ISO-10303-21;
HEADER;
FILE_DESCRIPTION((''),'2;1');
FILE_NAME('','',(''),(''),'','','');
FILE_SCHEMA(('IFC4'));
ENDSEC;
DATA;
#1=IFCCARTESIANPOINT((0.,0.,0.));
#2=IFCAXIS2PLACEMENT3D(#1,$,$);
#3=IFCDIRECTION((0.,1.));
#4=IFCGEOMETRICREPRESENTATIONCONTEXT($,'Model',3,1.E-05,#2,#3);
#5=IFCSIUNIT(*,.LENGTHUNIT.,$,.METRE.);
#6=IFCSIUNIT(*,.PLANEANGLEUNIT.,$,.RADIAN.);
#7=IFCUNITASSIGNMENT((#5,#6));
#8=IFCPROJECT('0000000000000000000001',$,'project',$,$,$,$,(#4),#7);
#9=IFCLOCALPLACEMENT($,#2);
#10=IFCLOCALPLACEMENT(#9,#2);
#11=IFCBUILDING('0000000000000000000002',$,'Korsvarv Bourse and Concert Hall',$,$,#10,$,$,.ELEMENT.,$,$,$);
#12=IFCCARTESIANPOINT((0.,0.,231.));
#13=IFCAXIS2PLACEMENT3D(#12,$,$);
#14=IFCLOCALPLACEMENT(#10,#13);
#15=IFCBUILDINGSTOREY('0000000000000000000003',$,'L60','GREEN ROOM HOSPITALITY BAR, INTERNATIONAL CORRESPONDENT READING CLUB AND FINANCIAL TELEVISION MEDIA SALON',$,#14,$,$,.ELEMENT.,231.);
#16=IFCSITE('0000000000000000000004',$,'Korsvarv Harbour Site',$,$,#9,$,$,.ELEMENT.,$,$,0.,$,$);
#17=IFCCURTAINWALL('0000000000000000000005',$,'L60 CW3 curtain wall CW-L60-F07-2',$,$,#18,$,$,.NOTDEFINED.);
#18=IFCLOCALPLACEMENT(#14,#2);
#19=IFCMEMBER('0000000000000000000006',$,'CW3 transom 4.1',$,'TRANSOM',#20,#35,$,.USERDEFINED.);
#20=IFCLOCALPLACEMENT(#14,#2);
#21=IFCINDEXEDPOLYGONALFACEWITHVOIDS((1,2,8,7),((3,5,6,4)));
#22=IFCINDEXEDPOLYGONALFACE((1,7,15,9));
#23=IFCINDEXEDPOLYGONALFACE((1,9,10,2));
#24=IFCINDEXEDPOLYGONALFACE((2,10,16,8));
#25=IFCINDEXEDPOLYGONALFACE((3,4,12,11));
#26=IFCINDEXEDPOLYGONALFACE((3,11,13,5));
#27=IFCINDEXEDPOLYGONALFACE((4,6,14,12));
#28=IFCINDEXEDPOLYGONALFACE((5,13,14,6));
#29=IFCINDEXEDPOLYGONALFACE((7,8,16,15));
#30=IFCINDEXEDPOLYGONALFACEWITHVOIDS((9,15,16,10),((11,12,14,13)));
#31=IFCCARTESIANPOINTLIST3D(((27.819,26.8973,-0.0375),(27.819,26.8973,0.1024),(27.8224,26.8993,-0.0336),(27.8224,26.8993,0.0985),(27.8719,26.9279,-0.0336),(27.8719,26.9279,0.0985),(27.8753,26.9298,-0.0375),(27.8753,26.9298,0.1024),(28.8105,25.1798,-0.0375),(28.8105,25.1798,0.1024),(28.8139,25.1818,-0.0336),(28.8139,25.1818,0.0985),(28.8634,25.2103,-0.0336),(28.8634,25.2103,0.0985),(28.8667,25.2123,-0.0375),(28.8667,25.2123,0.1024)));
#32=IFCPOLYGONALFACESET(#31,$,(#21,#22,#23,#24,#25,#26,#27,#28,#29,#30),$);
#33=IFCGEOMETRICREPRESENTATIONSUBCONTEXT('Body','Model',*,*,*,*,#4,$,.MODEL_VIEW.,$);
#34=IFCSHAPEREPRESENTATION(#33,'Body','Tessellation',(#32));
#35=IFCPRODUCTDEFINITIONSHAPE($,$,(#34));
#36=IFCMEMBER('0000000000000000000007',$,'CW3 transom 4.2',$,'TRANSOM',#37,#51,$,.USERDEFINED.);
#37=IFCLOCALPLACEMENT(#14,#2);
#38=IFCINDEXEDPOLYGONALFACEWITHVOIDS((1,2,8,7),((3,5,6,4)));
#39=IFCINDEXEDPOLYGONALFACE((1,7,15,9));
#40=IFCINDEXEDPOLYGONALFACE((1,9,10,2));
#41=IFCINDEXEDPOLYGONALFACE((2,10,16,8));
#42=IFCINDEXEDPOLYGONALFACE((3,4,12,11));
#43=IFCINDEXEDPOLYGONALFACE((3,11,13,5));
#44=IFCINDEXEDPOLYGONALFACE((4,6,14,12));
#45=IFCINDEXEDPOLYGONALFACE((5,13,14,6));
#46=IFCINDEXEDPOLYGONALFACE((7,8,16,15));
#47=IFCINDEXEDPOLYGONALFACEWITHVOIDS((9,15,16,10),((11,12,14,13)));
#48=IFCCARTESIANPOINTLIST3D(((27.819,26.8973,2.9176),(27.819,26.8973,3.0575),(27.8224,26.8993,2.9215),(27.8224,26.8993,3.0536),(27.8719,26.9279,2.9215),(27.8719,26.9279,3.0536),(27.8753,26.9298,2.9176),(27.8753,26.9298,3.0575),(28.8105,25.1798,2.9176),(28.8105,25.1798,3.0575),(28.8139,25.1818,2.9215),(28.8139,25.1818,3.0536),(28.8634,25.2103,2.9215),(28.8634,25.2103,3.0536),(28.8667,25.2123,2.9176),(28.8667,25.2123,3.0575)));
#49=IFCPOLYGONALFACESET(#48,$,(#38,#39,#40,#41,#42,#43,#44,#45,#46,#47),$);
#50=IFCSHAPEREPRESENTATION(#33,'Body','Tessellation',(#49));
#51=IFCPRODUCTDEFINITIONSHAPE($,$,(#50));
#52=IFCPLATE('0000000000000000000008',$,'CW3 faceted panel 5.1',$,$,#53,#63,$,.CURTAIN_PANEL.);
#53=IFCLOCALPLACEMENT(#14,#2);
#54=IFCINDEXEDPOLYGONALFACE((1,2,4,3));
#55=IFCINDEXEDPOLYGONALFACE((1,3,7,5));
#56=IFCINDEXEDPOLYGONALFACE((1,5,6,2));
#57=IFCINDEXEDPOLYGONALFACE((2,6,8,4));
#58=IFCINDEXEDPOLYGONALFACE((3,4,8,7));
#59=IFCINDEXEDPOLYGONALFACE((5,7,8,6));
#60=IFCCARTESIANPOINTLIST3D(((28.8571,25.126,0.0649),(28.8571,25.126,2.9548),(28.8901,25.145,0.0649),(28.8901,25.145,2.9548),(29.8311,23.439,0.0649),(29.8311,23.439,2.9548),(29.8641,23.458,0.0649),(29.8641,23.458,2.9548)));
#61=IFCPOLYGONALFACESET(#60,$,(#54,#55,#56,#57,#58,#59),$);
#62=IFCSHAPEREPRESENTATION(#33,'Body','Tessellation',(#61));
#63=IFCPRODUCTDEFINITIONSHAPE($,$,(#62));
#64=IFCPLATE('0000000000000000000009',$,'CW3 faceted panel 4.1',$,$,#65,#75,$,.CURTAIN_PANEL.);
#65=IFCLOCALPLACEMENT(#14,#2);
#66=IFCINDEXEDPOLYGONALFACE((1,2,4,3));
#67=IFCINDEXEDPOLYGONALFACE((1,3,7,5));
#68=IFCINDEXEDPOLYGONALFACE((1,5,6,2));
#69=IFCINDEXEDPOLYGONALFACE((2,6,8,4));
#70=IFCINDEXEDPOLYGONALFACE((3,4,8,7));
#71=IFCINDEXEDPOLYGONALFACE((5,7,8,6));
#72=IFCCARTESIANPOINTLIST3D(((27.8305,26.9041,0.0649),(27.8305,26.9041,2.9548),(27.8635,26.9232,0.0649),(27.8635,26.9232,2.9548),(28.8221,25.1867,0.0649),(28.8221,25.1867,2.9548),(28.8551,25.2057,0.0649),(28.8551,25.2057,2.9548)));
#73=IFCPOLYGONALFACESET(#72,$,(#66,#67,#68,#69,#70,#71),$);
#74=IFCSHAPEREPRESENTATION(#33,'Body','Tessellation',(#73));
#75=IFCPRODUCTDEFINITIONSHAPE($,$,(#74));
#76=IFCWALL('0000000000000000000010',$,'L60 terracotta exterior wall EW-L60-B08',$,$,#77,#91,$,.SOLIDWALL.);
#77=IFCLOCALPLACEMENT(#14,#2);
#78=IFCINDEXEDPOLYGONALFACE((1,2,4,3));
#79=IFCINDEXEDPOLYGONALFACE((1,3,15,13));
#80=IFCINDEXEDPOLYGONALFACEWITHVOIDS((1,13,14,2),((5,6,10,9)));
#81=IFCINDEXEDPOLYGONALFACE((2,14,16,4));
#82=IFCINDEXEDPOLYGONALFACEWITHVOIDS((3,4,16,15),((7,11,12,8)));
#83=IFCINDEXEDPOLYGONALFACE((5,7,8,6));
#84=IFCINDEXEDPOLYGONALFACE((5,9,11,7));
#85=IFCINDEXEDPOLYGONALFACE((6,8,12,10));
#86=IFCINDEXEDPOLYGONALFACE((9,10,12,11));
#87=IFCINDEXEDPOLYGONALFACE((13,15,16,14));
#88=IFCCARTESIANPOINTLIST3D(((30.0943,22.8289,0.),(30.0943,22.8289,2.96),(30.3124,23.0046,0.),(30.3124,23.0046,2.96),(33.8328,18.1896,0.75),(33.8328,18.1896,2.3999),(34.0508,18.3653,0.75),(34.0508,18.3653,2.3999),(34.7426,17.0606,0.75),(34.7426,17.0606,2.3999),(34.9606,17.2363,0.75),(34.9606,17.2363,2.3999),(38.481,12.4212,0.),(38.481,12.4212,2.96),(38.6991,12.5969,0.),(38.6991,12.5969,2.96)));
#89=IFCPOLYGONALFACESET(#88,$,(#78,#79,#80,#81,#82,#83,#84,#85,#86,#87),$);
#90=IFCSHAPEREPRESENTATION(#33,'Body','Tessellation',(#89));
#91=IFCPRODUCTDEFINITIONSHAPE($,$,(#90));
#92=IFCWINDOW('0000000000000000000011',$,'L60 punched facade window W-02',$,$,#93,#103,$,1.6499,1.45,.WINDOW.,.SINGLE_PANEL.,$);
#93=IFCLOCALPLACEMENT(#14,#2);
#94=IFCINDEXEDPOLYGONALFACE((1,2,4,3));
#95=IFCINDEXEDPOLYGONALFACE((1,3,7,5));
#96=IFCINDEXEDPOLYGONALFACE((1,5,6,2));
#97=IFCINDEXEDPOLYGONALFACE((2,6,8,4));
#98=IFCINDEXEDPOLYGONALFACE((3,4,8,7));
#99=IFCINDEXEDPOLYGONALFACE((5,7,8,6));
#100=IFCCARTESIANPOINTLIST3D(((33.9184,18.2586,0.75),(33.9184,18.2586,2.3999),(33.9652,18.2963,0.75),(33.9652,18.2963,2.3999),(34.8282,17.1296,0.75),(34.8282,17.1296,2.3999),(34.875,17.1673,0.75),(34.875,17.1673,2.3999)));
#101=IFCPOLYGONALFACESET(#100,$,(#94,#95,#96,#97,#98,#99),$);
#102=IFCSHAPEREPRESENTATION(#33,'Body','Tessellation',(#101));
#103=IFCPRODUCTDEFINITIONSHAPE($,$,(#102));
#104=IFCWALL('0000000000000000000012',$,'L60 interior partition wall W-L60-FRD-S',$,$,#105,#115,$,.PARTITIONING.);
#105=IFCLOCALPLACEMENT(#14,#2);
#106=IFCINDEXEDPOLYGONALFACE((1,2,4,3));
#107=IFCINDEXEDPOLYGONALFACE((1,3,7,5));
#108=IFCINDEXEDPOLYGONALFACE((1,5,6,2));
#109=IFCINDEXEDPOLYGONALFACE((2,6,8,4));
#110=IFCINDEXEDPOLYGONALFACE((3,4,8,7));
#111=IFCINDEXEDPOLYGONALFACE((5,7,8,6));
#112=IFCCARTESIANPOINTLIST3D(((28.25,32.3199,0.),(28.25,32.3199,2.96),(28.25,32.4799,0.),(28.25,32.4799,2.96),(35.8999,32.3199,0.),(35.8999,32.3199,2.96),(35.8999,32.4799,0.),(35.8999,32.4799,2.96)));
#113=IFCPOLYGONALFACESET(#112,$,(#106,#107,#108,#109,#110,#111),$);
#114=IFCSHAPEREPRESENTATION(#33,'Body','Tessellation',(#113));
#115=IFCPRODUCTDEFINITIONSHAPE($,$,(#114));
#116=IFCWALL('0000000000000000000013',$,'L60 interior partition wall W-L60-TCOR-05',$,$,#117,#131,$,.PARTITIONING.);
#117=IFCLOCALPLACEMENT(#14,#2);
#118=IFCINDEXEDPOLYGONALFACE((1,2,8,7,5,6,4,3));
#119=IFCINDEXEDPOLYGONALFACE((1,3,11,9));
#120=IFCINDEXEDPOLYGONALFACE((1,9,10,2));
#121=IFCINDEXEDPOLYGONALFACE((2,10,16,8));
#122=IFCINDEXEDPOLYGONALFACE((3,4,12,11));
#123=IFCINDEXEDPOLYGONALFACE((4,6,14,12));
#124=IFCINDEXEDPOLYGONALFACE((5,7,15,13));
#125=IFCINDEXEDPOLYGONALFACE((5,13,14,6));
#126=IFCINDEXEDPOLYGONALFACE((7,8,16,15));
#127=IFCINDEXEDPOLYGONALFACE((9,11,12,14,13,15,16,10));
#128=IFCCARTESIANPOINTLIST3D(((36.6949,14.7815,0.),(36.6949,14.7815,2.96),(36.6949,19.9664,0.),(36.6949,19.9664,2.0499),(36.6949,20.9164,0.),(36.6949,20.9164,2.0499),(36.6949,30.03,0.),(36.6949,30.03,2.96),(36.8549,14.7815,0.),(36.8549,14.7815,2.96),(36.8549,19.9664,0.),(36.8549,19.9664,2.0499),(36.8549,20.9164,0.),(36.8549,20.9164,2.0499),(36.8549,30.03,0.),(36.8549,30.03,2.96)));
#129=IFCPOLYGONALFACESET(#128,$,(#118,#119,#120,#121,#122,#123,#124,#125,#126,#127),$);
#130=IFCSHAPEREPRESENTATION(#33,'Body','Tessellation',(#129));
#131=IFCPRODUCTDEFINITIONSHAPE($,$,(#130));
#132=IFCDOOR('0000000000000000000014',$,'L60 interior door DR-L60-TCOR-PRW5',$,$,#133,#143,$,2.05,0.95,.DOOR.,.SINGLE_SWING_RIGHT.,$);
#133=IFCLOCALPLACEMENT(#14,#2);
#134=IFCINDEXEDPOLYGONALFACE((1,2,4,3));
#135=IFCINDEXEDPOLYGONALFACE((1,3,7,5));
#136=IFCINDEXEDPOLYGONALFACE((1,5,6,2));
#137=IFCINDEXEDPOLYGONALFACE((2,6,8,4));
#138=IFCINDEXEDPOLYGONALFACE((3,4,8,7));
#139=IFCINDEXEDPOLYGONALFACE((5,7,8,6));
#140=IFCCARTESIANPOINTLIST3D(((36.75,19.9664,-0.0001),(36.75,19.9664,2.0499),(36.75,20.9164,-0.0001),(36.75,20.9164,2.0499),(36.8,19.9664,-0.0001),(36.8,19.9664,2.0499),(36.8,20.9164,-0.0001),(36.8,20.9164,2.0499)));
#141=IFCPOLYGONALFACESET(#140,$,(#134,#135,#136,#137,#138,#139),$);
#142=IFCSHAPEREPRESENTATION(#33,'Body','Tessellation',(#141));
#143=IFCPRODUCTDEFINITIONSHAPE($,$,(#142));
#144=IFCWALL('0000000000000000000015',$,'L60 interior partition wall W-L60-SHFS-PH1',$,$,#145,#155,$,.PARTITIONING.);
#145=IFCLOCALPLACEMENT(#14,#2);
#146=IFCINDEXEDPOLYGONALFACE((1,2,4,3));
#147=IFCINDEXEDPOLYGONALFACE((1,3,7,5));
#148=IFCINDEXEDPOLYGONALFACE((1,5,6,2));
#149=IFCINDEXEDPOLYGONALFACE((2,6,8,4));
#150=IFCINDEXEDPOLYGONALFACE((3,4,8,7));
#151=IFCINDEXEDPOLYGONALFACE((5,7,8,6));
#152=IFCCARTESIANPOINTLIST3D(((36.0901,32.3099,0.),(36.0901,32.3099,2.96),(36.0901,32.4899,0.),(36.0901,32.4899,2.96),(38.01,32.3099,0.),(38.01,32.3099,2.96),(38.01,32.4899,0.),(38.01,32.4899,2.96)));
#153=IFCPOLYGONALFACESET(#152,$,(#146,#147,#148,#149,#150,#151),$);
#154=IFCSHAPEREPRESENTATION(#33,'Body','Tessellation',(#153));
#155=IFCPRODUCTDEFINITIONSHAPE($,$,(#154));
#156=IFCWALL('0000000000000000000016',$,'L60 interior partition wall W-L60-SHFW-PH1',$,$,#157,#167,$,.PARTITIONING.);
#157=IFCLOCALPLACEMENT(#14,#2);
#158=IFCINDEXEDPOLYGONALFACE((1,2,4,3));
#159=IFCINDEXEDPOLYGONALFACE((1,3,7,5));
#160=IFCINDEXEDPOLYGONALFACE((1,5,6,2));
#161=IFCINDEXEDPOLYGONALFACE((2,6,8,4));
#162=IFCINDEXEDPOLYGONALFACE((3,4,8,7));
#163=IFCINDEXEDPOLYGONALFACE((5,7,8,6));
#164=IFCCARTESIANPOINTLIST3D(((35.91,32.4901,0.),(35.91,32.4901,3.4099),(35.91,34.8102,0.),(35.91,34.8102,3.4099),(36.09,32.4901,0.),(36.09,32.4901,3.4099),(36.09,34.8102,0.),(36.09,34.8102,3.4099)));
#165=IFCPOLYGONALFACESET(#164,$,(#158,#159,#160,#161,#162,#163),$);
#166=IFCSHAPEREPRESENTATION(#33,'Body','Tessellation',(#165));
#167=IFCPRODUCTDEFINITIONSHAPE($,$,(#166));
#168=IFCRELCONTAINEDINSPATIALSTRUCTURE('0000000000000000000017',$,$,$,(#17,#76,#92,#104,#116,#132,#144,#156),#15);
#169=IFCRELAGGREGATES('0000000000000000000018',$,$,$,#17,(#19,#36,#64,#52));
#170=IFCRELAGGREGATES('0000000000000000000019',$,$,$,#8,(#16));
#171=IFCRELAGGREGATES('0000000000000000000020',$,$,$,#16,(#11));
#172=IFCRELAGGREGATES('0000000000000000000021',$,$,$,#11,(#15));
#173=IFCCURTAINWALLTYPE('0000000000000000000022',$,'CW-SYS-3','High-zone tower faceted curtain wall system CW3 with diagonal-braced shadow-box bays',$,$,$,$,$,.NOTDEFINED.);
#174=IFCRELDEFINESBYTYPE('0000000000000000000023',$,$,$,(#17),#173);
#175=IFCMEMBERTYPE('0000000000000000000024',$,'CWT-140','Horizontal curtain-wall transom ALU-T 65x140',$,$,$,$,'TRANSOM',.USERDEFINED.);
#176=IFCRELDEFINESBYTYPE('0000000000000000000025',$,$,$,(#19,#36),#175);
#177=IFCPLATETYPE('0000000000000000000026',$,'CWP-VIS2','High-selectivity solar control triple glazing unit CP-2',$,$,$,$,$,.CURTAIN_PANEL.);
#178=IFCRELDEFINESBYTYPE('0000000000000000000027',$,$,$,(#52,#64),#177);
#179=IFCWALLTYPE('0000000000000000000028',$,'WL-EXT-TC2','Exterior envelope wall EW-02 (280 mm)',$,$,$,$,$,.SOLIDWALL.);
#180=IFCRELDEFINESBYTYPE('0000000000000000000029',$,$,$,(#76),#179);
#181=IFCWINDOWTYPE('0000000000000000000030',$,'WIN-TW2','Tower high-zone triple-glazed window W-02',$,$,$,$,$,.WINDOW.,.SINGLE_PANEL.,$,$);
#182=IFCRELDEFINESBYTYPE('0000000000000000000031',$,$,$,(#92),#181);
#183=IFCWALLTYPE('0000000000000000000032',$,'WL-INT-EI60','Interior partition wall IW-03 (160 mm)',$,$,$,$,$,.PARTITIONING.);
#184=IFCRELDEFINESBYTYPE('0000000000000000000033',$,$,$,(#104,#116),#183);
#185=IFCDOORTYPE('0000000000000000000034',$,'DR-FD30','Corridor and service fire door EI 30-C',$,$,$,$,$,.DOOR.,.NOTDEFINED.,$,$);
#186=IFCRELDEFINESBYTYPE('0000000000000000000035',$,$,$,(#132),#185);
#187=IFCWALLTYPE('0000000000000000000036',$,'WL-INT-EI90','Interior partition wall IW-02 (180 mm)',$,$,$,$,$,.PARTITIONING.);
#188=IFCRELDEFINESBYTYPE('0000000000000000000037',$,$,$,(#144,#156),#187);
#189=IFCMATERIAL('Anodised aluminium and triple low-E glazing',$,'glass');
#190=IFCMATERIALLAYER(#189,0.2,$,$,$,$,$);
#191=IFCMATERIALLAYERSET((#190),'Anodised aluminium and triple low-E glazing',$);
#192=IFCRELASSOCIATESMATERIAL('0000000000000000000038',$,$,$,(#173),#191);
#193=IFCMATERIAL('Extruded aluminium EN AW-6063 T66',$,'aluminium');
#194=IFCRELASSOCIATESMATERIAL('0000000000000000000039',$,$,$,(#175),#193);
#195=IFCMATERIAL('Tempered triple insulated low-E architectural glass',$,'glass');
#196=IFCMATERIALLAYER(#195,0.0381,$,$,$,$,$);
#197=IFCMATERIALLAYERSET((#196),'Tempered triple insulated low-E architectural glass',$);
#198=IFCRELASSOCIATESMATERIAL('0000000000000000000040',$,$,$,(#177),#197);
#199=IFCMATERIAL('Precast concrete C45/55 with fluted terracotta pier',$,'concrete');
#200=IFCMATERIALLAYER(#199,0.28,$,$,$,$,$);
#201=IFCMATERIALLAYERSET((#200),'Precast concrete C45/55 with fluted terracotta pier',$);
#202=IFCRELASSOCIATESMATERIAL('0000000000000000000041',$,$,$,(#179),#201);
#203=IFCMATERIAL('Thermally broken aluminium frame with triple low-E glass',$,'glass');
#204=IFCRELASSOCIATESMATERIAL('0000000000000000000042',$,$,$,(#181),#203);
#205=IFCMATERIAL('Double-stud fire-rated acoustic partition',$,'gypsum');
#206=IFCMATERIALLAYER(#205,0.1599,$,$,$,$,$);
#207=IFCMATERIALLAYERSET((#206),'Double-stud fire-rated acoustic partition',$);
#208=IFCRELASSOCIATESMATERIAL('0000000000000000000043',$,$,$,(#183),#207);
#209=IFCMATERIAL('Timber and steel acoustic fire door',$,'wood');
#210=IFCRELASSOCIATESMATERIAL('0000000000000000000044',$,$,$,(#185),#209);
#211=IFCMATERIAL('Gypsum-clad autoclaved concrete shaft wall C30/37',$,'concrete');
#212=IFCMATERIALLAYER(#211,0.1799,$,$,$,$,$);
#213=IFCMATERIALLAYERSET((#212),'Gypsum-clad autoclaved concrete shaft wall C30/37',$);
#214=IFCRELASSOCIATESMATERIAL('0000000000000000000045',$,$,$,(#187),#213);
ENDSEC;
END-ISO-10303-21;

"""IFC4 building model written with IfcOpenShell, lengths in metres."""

from ifc_helpers import new_model, si_unit, direction, frame, frame_2d, origin, origin_2d, place, context, subcontext, project, spatial, rectangle, hollow_rectangle, extrude, source, transform, mapped, material, layer, layer_set, material_profile, profile_set, type_object, element, fill, aggregate, save


model = new_model("IFC4")

# Units and contexts
model_context = context("Model", 3, precision=1e-05, world=origin(), true_north=direction((0.0, 1.0)))
body_context = subcontext(model_context, "Body", "Model", "MODEL_VIEW")
ifc_project = project(units=[si_unit("LENGTHUNIT", "METRE"), si_unit("PLANEANGLEUNIT", "RADIAN")], contexts=[model_context])

# Site, building, storey
site_placement = place(None, origin())
site = spatial("IfcSite", under=ifc_project, at=site_placement, Name="Korsvarv Harbour Site", CompositionType="ELEMENT", RefElevation=0.0)
building_placement = place(site_placement, origin())
building = spatial("IfcBuilding", under=site, at=building_placement, Name="Korsvarv Bourse and Concert Hall", CompositionType="ELEMENT")
storey_placement = place(building_placement, frame((0.0, 0.0, 231.0)))
storey = spatial("IfcBuildingStorey", under=building, at=storey_placement, Name="L60", Description="GREEN ROOM HOSPITALITY BAR, INTERNATIONAL CORRESPONDENT READING CLUB AND FINANCIAL TELEVISION MEDIA SALON", CompositionType="ELEMENT", Elevation=231.0)

# Curtain wall, members, plates
ifc_material_1 = material(Name="Anodised aluminium and triple low-E glazing", Category="glass")
ifc_layer_1 = layer(ifc_material_1, 0.2)
ifc_layer_set_1 = layer_set([ifc_layer_1], Name="Anodised aluminium and triple low-E glazing")
curtain_wall_type = type_object("IfcCurtainWallType", Name="CW-SYS-3", Description="High-zone tower faceted curtain wall system CW3 with diagonal-braced shadow-box bays", PredefinedType="NOTDEFINED", material=ifc_layer_set_1)
curtain_wall_placement = place(storey_placement, origin())
curtain_wall = element("IfcCurtainWall", 1, at=curtain_wall_placement, inside=storey, type_object=curtain_wall_type, Name="L60 CW3 curtain wall CW-L60-F07-2", PredefinedType="NOTDEFINED")
ifc_material_2 = material(Name="Extruded aluminium EN AW-6063 T66", Category="aluminium")
ifc_material_profile_1 = material_profile(ifc_material_2, hollow_rectangle(XDim=0.0649, YDim=0.1399, WallThickness=0.0039, at=origin_2d()), Name="ALU-T 65x140")
ifc_profile_set_1 = profile_set([ifc_material_profile_1], Name="Extruded aluminium EN AW-6063 T66")
member_type_1 = type_object("IfcMemberType", Name="CWT-140", Description="Horizontal curtain-wall transom ALU-T 65x140", ElementType="TRANSOM", PredefinedType="USERDEFINED", material=ifc_profile_set_1)
shared_shape_1 = source(origin(), body_context, "Body", "SweptSolid", [
    extrude(hollow_rectangle(XDim=0.0649, YDim=0.1399, WallThickness=0.0039, at=origin_2d()), origin(), (0.0, 0.0, 1.0), 1.9832),
])
member_1_placement = place(storey_placement, frame((27.8472, 26.9136, 0.0325), z_axis=(0.499939, -0.866061, 0.0), x_axis=(0.866061, 0.499939, 0.0)))
member_1 = element("IfcMember", 2, at=member_1_placement, type_object=member_type_1, Name="CW3 transom 4.1", ObjectType="TRANSOM", PredefinedType="USERDEFINED", context=body_context, shape_type="MappedRepresentation", body=[
    mapped(shared_shape_1, transform((0.0, 0.0, 0.0), scale=1.0)),
])
member_2_placement = place(storey_placement, frame((27.8472, 26.9136, 2.9875), z_axis=(0.499939, -0.866061, 0.0), x_axis=(0.866061, 0.499939, 0.0)))
member_2 = element("IfcMember", 3, at=member_2_placement, type_object=member_type_1, Name="CW3 transom 4.2", ObjectType="TRANSOM", PredefinedType="USERDEFINED", context=body_context, shape_type="MappedRepresentation", body=[
    mapped(shared_shape_1, transform((0.0, 0.0, 0.0), scale=1.0)),
])
ifc_material_3 = material(Name="Tempered triple insulated low-E architectural glass", Category="glass")
ifc_layer_2 = layer(ifc_material_3, 0.0381)
ifc_layer_set_2 = layer_set([ifc_layer_2], Name="Tempered triple insulated low-E architectural glass")
plate_type = type_object("IfcPlateType", Name="CWP-VIS2", Description="High-selectivity solar control triple glazing unit CP-2", PredefinedType="CURTAIN_PANEL", material=ifc_layer_set_2)
shared_shape_2 = source(origin(), body_context, "Body", "SweptSolid", [
    extrude(rectangle(XDim=1.948, YDim=0.0381, at=origin_2d()), origin(), (0.0, 0.0, 1.0), 2.8899),
])
plate_1_placement = place(storey_placement, frame((29.3606, 24.292, 0.0649), z_axis=(0.0, 0.0, 1.0), x_axis=(0.5, -0.866025, 0.0)))
plate_1 = element("IfcPlate", 4, at=plate_1_placement, type_object=plate_type, Name="CW3 faceted panel 5.1", PredefinedType="CURTAIN_PANEL", context=body_context, shape_type="MappedRepresentation", body=[
    mapped(shared_shape_2, transform((0.0, 0.0, 0.0), scale=1.0)),
])
shared_shape_3 = source(origin(), body_context, "Body", "SweptSolid", [
    extrude(rectangle(XDim=1.9832, YDim=0.0381, at=origin_2d()), origin(), (0.0, 0.0, 1.0), 2.8899),
])
plate_2_placement = place(storey_placement, frame((28.3428, 26.0549, 0.0649), z_axis=(0.0, 0.0, 1.0), x_axis=(0.5, -0.866025, 0.0)))
plate_2 = element("IfcPlate", 5, at=plate_2_placement, type_object=plate_type, Name="CW3 faceted panel 4.1", PredefinedType="CURTAIN_PANEL", context=body_context, shape_type="MappedRepresentation", body=[
    mapped(shared_shape_3, transform((0.0, 0.0, 0.0), scale=1.0)),
])
aggregate(curtain_wall, [member_1, member_2, plate_2, plate_1])

# Wall, opening, window
ifc_material_4 = material(Name="Precast concrete C45/55 with fluted terracotta pier", Category="concrete")
ifc_layer_3 = layer(ifc_material_4, 0.28)
ifc_layer_set_3 = layer_set([ifc_layer_3], Name="Precast concrete C45/55 with fluted terracotta pier")
wall_type_1 = type_object("IfcWallType", Name="WL-EXT-TC2", Description="Exterior envelope wall EW-02 (280 mm)", PredefinedType="SOLIDWALL", material=ifc_layer_set_3)
wall_1_placement = place(storey_placement, frame((30.2034, 22.9167, 0.0), z_axis=(0.0, 0.0, 1.0), x_axis=(0.627453, -0.778654, 0.0)))
wall_1 = element("IfcWall", 6, at=wall_1_placement, inside=storey, type_object=wall_type_1, Name="L60 terracotta exterior wall EW-L60-B08", PredefinedType="SOLIDWALL", context=body_context, shape_type="SweptSolid", body=[
    extrude(rectangle(XDim=13.3662, YDim=0.28, at=frame_2d((6.6831, 0.0))), origin(), (0.0, 0.0, 1.0), 2.96),
])
opening_1_placement = place(wall_1_placement, frame((5.958, 0.0, 0.75)))
opening_1 = element("IfcOpeningElement", 7, at=opening_1_placement, cuts=wall_1, PredefinedType="OPENING", context=body_context, shape_type="SweptSolid", body=[
    extrude(rectangle(XDim=1.45, YDim=1.6499, at=frame_2d((0.7251, 0.825))), frame((0.0, 0.1499, 0.0), z_axis=(0.0, -1.0, 0.0), x_axis=(1.0, 0.0, 0.0)), (0.0, 0.0, 1.0), 0.3),
])
ifc_material_5 = material(Name="Thermally broken aluminium frame with triple low-E glass", Category="glass")
window_type = type_object("IfcWindowType", Name="WIN-TW2", Description="Tower high-zone triple-glazed window W-02", PartitioningType="SINGLE_PANEL", PredefinedType="WINDOW", material=ifc_material_5)
window_placement = place(opening_1_placement, origin())
window = element("IfcWindow", 8, at=window_placement, inside=storey, type_object=window_type, Name="L60 punched facade window W-02", OverallHeight=1.6499, OverallWidth=1.45, PartitioningType="SINGLE_PANEL", PredefinedType="WINDOW", context=body_context, shape_type="SweptSolid", body=[
    extrude(rectangle(XDim=1.45, YDim=1.6499, at=frame_2d((0.7251, 0.825))), frame((0.0, 0.03, 0.0), z_axis=(0.0, -1.0, 0.0), x_axis=(1.0, 0.0, 0.0)), (0.0, 0.0, 1.0), 0.0601),
])
fill(opening_1, window)

# Wall
ifc_material_6 = material(Name="Double-stud fire-rated acoustic partition", Category="gypsum")
ifc_layer_4 = layer(ifc_material_6, 0.1599)
ifc_layer_set_4 = layer_set([ifc_layer_4], Name="Double-stud fire-rated acoustic partition")
wall_type_2 = type_object("IfcWallType", Name="WL-INT-EI60", Description="Interior partition wall IW-03 (160 mm)", PredefinedType="PARTITIONING", material=ifc_layer_set_4)
wall_2_placement = place(storey_placement, frame((28.25, 32.3999, 0.0), z_axis=(0.0, 0.0, 1.0), x_axis=(1.0, 0.0, 0.0)))
element("IfcWall", 9, at=wall_2_placement, inside=storey, type_object=wall_type_2, Name="L60 interior partition wall W-L60-FRD-S", PredefinedType="PARTITIONING", context=body_context, shape_type="SweptSolid", body=[
    extrude(rectangle(XDim=7.6499, YDim=0.1599, at=frame_2d((3.825, 0.0))), origin(), (0.0, 0.0, 1.0), 2.96),
])

# Wall, opening, door
wall_3_placement = place(storey_placement, frame((36.7749, 14.7815, 0.0), z_axis=(0.0, 0.0, 1.0), x_axis=(0.0, 1.0, 0.0)))
wall_3 = element("IfcWall", 10, at=wall_3_placement, inside=storey, type_object=wall_type_2, Name="L60 interior partition wall W-L60-TCOR-05", PredefinedType="PARTITIONING", context=body_context, shape_type="SweptSolid", body=[
    extrude(rectangle(XDim=15.2485, YDim=0.1599, at=frame_2d((7.6243, 0.0))), origin(), (0.0, 0.0, 1.0), 2.96),
])
opening_2_placement = place(wall_3_placement, frame((5.1848, 0.0, 0.0)))
opening_2 = element("IfcOpeningElement", 11, at=opening_2_placement, cuts=wall_3, PredefinedType="OPENING", context=body_context, shape_type="SweptSolid", body=[
    extrude(rectangle(XDim=0.95, YDim=2.05, at=frame_2d((0.4751, 1.0249))), frame((0.0, 0.0898, 0.0), z_axis=(0.0, -1.0, 0.0), x_axis=(1.0, 0.0, 0.0)), (0.0, 0.0, 1.0), 0.1799),
])
ifc_material_7 = material(Name="Timber and steel acoustic fire door", Category="wood")
door_type_1 = type_object("IfcDoorType", Name="DR-FD30", Description="Corridor and service fire door EI 30-C", OperationType="NOTDEFINED", PredefinedType="DOOR", material=ifc_material_7)
door_1_placement = place(opening_2_placement, origin())
door_1 = element("IfcDoor", 12, at=door_1_placement, inside=storey, type_object=door_type_1, Name="L60 interior door DR-L60-TCOR-PRW5", OperationType="SINGLE_SWING_RIGHT", OverallHeight=2.05, OverallWidth=0.95, PredefinedType="DOOR", context=body_context, shape_type="SweptSolid", body=[
    extrude(rectangle(XDim=0.95, YDim=2.05, at=frame_2d((0.4751, 1.0249))), frame((0.0, 0.0249, 0.0), z_axis=(0.0, -1.0, 0.0), x_axis=(1.0, 0.0, 0.0)), (0.0, 0.0, 1.0), 0.05),
])
fill(opening_2, door_1)

# Walls
ifc_material_8 = material(Name="Gypsum-clad autoclaved concrete shaft wall C30/37", Category="concrete")
ifc_layer_5 = layer(ifc_material_8, 0.1799)
ifc_layer_set_5 = layer_set([ifc_layer_5], Name="Gypsum-clad autoclaved concrete shaft wall C30/37")
wall_type_3 = type_object("IfcWallType", Name="WL-INT-EI90", Description="Interior partition wall IW-02 (180 mm)", PredefinedType="PARTITIONING", material=ifc_layer_set_5)
wall_4_placement = place(storey_placement, frame((36.0901, 32.3999, 0.0), z_axis=(0.0, 0.0, 1.0), x_axis=(1.0, 0.0, 0.0)))
element("IfcWall", 13, at=wall_4_placement, inside=storey, type_object=wall_type_3, Name="L60 interior partition wall W-L60-SHFS-PH1", PredefinedType="PARTITIONING", context=body_context, shape_type="SweptSolid", body=[
    extrude(rectangle(XDim=1.9199, YDim=0.1799, at=frame_2d((0.96, 0.0))), origin(), (0.0, 0.0, 1.0), 2.96),
])
wall_5_placement = place(storey_placement, frame((36.0, 32.49, 0.0), z_axis=(0.0, 0.0, 1.0), x_axis=(0.0, 1.0, 0.0)))
element("IfcWall", 14, at=wall_5_placement, inside=storey, type_object=wall_type_3, Name="L60 interior partition wall W-L60-SHFW-PH1", PredefinedType="PARTITIONING", context=body_context, shape_type="SweptSolid", body=[
    extrude(rectangle(XDim=2.3201, YDim=0.1799, at=frame_2d((1.1602, 0.0))), origin(), (0.0, 0.0, 1.0), 3.4099),
])

save(model, "model.ifc")
